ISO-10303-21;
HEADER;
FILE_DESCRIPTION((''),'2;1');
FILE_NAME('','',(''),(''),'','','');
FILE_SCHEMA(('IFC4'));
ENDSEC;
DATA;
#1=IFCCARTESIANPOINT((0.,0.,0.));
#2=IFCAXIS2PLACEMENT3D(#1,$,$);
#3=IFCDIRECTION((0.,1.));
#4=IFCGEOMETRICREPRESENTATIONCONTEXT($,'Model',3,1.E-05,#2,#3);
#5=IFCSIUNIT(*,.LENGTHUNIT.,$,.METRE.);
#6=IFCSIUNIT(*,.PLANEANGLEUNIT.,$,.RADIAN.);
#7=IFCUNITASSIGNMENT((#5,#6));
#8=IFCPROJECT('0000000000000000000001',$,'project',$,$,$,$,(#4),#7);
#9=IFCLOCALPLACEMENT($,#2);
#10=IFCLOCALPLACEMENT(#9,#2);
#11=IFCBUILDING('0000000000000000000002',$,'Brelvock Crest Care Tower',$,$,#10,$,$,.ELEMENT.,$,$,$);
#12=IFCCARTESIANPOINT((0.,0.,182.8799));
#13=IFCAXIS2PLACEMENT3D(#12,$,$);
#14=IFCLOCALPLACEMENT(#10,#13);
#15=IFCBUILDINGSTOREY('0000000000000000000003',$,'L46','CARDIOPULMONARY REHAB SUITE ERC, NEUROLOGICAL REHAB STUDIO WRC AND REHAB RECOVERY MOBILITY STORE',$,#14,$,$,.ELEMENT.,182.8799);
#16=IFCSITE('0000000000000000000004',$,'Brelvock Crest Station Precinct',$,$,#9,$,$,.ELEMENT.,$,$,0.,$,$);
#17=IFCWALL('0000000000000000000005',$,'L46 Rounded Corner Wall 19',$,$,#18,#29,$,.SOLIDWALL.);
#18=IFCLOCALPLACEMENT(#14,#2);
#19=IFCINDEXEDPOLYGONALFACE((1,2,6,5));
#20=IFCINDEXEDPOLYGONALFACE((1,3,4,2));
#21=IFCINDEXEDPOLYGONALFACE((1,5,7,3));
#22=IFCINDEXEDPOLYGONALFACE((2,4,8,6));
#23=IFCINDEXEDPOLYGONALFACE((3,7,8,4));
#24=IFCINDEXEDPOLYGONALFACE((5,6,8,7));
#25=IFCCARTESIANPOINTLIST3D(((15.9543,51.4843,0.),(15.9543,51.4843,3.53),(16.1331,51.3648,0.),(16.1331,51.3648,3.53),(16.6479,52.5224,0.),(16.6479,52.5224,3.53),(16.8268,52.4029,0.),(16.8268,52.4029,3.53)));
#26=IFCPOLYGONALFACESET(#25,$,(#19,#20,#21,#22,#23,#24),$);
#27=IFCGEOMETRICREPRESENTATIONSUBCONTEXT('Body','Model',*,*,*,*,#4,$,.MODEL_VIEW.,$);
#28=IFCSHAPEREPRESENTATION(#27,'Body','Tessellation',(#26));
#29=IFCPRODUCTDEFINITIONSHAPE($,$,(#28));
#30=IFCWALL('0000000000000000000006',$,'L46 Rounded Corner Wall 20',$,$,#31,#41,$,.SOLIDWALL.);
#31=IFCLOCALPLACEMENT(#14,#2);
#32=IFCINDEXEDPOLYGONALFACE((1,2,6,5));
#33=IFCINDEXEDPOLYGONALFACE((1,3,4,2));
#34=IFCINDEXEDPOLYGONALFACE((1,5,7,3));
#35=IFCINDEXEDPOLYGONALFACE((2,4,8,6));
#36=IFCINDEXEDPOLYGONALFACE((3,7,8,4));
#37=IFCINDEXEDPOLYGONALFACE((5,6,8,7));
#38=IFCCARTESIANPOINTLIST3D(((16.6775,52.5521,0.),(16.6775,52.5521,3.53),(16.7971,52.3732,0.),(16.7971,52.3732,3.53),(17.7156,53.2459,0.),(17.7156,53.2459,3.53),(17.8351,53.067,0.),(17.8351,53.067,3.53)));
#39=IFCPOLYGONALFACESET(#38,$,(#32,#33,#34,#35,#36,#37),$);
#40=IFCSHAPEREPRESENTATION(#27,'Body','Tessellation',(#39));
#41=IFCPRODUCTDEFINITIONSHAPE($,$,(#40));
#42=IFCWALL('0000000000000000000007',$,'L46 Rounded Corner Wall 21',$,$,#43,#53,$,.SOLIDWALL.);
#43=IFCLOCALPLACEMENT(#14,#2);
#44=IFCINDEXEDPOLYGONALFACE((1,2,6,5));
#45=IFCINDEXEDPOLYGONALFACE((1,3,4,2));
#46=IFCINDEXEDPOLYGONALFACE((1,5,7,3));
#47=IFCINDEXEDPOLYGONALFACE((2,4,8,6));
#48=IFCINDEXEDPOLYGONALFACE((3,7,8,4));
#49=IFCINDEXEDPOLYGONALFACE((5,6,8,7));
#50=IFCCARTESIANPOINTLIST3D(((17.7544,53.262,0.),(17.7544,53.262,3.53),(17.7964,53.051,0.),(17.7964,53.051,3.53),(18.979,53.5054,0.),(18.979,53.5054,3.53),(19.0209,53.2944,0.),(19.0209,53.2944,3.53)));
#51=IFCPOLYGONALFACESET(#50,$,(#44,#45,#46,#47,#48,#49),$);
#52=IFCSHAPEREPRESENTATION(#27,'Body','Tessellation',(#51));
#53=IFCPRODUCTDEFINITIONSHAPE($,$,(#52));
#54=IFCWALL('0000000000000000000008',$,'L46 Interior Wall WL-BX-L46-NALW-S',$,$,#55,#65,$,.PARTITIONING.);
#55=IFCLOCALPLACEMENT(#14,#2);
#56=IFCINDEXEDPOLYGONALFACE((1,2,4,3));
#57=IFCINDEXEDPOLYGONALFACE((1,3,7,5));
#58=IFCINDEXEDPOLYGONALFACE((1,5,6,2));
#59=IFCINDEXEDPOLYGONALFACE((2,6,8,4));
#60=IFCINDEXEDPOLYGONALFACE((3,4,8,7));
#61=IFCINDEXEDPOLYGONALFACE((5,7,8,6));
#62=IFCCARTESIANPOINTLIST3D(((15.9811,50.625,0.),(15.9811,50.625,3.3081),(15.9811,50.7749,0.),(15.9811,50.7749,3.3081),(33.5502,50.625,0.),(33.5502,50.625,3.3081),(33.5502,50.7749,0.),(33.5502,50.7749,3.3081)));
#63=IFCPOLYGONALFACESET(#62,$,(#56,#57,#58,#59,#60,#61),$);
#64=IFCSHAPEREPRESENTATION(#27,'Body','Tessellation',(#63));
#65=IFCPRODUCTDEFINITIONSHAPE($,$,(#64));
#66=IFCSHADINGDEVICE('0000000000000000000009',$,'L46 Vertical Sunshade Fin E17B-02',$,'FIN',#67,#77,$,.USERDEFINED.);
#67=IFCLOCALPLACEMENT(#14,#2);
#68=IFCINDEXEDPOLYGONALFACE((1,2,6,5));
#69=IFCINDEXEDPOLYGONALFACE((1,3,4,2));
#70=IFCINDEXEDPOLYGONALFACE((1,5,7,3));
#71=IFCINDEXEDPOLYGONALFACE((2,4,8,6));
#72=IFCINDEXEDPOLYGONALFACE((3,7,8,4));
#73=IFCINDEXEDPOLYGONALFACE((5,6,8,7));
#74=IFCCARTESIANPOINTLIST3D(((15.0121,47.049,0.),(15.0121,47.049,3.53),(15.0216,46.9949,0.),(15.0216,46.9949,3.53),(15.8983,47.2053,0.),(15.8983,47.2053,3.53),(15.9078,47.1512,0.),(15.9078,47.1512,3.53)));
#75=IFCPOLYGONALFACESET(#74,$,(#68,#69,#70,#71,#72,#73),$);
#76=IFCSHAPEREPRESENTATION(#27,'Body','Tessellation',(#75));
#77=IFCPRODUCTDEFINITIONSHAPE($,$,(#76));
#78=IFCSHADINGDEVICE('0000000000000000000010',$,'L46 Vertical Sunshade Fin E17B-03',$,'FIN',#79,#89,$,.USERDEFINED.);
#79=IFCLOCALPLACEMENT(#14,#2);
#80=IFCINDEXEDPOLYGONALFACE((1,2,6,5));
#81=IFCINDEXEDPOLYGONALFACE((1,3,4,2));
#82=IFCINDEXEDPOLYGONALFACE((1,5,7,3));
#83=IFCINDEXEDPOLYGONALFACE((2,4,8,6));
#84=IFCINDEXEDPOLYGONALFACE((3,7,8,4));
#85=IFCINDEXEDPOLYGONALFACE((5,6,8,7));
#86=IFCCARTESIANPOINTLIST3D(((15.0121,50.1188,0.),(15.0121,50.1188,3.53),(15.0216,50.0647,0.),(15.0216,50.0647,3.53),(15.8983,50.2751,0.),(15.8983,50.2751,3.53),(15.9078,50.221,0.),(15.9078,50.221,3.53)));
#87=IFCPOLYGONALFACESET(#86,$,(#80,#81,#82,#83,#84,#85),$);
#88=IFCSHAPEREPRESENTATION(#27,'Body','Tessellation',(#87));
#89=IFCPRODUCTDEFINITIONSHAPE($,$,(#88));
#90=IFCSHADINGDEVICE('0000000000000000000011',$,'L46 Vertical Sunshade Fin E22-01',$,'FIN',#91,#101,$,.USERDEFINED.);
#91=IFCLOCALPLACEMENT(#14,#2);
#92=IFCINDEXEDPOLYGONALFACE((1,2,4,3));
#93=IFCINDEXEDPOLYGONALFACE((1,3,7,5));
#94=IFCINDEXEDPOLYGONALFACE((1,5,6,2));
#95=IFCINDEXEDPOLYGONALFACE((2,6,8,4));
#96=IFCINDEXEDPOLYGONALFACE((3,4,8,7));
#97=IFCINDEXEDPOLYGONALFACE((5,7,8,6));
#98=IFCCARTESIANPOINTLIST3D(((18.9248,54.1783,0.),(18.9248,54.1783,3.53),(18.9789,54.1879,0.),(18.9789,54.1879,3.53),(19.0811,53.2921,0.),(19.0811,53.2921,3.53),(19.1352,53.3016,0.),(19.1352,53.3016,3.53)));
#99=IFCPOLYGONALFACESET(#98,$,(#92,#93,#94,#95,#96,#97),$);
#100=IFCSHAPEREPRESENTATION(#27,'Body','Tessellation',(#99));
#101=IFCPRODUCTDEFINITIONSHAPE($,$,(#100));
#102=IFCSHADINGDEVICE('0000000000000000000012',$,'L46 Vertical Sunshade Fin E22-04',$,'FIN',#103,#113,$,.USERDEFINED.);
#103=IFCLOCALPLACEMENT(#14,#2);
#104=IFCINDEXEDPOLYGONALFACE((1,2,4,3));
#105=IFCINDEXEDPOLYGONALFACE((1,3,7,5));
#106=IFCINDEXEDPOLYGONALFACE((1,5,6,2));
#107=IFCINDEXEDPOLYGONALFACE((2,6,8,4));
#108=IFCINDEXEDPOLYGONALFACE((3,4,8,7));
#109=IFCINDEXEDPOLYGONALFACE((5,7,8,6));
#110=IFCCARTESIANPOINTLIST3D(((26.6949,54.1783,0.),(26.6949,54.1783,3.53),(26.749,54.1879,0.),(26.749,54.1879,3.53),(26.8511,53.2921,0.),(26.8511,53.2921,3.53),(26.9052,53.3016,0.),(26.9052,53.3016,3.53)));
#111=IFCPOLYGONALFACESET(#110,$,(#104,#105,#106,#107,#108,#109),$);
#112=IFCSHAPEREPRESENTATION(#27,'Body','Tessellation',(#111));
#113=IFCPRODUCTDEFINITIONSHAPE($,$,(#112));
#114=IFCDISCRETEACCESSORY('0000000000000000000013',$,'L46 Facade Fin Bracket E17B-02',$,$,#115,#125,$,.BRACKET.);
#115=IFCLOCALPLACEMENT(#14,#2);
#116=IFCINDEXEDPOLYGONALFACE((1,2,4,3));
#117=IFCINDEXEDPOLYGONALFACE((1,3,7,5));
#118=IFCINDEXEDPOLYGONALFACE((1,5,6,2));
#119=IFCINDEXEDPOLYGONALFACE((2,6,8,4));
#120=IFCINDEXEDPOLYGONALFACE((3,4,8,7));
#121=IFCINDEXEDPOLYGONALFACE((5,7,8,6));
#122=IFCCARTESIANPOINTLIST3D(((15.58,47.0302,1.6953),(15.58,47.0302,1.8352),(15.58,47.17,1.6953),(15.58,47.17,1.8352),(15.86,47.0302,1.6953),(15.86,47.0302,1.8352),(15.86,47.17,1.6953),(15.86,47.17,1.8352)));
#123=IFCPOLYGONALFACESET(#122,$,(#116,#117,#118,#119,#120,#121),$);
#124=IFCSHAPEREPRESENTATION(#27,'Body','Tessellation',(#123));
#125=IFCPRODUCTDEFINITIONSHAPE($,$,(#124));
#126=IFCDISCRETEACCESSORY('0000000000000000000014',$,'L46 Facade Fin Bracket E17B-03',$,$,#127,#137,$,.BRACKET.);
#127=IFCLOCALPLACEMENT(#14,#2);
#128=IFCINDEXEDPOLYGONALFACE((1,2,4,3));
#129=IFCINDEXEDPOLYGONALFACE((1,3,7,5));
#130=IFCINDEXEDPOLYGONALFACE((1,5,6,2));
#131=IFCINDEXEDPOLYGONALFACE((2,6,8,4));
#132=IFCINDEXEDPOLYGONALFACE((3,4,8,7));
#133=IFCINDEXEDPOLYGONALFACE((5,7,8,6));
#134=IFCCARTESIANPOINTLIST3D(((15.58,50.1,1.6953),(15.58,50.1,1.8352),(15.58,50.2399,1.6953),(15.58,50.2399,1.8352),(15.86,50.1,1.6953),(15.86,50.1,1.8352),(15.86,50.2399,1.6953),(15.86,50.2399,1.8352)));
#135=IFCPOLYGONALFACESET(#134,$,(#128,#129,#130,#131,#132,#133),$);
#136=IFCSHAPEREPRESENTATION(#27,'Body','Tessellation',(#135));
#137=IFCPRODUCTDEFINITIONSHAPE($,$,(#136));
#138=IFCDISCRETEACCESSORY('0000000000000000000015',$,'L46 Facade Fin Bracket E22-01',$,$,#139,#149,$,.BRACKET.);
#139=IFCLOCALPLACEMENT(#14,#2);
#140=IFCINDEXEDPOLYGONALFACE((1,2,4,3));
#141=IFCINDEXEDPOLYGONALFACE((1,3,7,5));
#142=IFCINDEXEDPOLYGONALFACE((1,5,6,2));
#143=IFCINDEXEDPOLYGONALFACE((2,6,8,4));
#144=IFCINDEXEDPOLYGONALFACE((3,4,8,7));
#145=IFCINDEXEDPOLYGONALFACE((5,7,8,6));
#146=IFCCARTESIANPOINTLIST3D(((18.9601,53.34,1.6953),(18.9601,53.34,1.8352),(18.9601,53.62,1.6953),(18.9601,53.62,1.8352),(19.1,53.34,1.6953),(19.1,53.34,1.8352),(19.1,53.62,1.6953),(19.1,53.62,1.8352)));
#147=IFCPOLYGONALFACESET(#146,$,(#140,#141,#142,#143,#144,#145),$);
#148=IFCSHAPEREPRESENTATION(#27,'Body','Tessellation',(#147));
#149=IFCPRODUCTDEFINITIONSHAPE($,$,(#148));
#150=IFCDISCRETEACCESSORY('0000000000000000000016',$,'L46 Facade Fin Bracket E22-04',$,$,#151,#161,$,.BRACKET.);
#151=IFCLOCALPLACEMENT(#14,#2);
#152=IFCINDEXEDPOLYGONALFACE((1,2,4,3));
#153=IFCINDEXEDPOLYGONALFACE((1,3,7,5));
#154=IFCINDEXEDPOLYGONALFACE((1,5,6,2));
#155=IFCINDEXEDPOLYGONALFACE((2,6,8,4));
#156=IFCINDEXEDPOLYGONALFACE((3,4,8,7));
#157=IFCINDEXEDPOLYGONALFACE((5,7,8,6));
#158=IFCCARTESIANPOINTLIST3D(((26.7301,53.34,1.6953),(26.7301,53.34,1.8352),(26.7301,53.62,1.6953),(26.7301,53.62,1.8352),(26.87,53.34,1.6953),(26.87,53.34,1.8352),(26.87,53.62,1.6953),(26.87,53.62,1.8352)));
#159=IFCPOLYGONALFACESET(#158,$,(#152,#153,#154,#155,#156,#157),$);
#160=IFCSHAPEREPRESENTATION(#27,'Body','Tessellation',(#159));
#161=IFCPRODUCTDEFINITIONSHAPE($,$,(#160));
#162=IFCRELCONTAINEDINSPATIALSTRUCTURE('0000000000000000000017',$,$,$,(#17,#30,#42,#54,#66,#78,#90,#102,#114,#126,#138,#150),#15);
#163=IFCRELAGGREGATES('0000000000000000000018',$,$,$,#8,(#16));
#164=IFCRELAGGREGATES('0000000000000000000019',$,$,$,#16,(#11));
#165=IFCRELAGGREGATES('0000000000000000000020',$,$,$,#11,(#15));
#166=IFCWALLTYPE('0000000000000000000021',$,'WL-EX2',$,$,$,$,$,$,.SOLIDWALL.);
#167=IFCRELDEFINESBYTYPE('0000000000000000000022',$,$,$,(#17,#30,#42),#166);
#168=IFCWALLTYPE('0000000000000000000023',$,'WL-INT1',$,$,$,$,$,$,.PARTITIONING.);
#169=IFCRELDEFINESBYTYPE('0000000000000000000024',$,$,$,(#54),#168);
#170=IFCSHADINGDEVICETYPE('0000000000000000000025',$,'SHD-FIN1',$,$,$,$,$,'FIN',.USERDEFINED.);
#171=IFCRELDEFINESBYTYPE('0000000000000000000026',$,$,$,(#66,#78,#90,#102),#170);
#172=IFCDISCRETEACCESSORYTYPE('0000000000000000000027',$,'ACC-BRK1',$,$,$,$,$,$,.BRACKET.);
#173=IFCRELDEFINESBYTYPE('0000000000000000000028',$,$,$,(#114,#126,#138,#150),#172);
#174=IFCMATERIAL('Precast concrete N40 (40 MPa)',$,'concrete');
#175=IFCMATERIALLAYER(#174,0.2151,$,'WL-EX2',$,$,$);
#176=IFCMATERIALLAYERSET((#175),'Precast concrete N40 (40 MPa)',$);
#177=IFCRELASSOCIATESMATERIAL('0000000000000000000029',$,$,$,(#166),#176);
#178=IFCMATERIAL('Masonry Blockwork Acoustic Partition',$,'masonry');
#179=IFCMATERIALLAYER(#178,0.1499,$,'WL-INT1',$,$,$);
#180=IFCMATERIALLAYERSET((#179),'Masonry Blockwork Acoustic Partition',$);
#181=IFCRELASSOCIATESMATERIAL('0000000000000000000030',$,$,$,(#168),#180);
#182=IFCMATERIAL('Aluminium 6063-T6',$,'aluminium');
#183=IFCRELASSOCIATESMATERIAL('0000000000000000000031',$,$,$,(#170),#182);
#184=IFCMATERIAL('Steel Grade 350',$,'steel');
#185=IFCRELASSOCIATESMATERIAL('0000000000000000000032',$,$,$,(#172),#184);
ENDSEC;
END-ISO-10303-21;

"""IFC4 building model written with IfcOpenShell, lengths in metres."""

from ifc_helpers import new_model, si_unit, direction, frame, frame_2d, origin, origin_2d, place, context, subcontext, project, spatial, rectangle, extrude, source, transform, mapped, material, layer, layer_set, material_profile, profile_set, type_object, element, save


model = new_model("IFC4")

# Units and contexts
model_context = context("Model", 3, precision=1e-05, world=origin(), true_north=direction((0.0, 1.0)))
body_context = subcontext(model_context, "Body", "Model", "MODEL_VIEW")
ifc_project = project(units=[si_unit("LENGTHUNIT", "METRE"), si_unit("PLANEANGLEUNIT", "RADIAN")], contexts=[model_context])

# Site, building, storey
site_placement = place(None, origin())
site = spatial("IfcSite", under=ifc_project, at=site_placement, Name="Brelvock Crest Station Precinct", CompositionType="ELEMENT", RefElevation=0.0)
building_placement = place(site_placement, origin())
building = spatial("IfcBuilding", under=site, at=building_placement, Name="Brelvock Crest Care Tower", CompositionType="ELEMENT")
storey_placement = place(building_placement, frame((0.0, 0.0, 182.8799)))
storey = spatial("IfcBuildingStorey", under=building, at=storey_placement, Name="L46", Description="CARDIOPULMONARY REHAB SUITE ERC, NEUROLOGICAL REHAB STUDIO WRC AND REHAB RECOVERY MOBILITY STORE", CompositionType="ELEMENT", Elevation=182.8799)

# Shared definitions
ifc_material_1 = material(Name="Steel Grade 350", Category="steel")

# Shared definitions
ifc_material_2 = material(Name="Aluminium 6063-T6", Category="aluminium")

# Walls
ifc_material_3 = material(Name="Precast concrete N40 (40 MPa)", Category="concrete")
ifc_layer_1 = layer(ifc_material_3, 0.2151, Name="WL-EX2")
ifc_layer_set_1 = layer_set([ifc_layer_1], Name="Precast concrete N40 (40 MPa)")
wall_type_1 = type_object("IfcWallType", Name="WL-EX2", PredefinedType="SOLIDWALL", material=ifc_layer_set_1)
for number, where, z_axis, x_axis, name in (
    (1, (16.0437, 51.4246, 0.0), (0.0, 0.0, 1.0), (0.555557, 0.831478, 0.0), "L46 Rounded Corner Wall 19"),
    (2, (16.7373, 52.4626, 0.0), (0.0, 0.0, 1.0), (0.831388, 0.555692, 0.0), "L46 Rounded Corner Wall 20"),
    (3, (17.7754, 53.1565, 0.0), (0.0, 0.0, 1.0), (0.980813, 0.19495, 0.0), "L46 Rounded Corner Wall 21"),
):
    element("IfcWall", number, at=place(storey_placement, frame(where, z_axis=z_axis, x_axis=x_axis)), inside=storey, type_object=wall_type_1, Name=name, PredefinedType="SOLIDWALL", context=body_context, shape_type="SweptSolid", body=[
        extrude(rectangle(XDim=1.2485, YDim=0.2151, at=frame_2d((0.6243, 0.0))), origin(), (0.0, 0.0, 1.0), 3.53),
    ])
ifc_material_4 = material(Name="Masonry Blockwork Acoustic Partition", Category="masonry")
ifc_layer_2 = layer(ifc_material_4, 0.1499, Name="WL-INT1")
ifc_layer_set_2 = layer_set([ifc_layer_2], Name="Masonry Blockwork Acoustic Partition")
wall_type_2 = type_object("IfcWallType", Name="WL-INT1", PredefinedType="PARTITIONING", material=ifc_layer_set_2)
wall_placement = place(storey_placement, frame((15.981, 50.7, 0.0), z_axis=(0.0, 0.0, 1.0), x_axis=(1.0, 0.0, 0.0)))
element("IfcWall", 4, at=wall_placement, inside=storey, type_object=wall_type_2, Name="L46 Interior Wall WL-BX-L46-NALW-S", PredefinedType="PARTITIONING", context=body_context, shape_type="SweptSolid", body=[
    extrude(rectangle(XDim=17.5691, YDim=0.1499, at=frame_2d((8.7847, 0.0))), origin(), (0.0, 0.0, 1.0), 3.3081),
])

# Shading devices
ifc_material_profile_1 = material_profile(ifc_material_2, rectangle(XDim=0.0549, YDim=0.8999, at=origin_2d()), Name="FIN55x900")
ifc_profile_set_1 = profile_set([ifc_material_profile_1], Name="Aluminium 6063-T6")
shading_device_type = type_object("IfcShadingDeviceType", Name="SHD-FIN1", ElementType="FIN", PredefinedType="USERDEFINED", material=ifc_profile_set_1)
shared_shape_1 = source(origin(), body_context, "Body", "SweptSolid", [
    extrude(rectangle(XDim=0.0549, YDim=0.8999, at=origin_2d()), origin(), (0.0, 0.0, 1.0), 3.53),
])
for number, where, z_axis, x_axis, name in (
    (5, (15.46, 47.1001, 0.0), (0.0, 0.0, 1.0), (-0.173648, 0.984808, 0.0), "L46 Vertical Sunshade Fin E17B-02"),
    (6, (15.46, 50.1699, 0.0), (0.0, 0.0, 1.0), (-0.173648, 0.984808, 0.0), "L46 Vertical Sunshade Fin E17B-03"),
    (7, (19.03, 53.74, 0.0), (0.0, 0.0, 1.0), (0.984808, 0.173648, 0.0), "L46 Vertical Sunshade Fin E22-01"),
    (8, (26.8, 53.74, 0.0), (0.0, 0.0, 1.0), (0.984808, 0.173648, 0.0), "L46 Vertical Sunshade Fin E22-04"),
):
    element("IfcShadingDevice", number, at=place(storey_placement, frame(where, z_axis=z_axis, x_axis=x_axis)), inside=storey, type_object=shading_device_type, Name=name, ObjectType="FIN", PredefinedType="USERDEFINED", context=body_context, shape_type="MappedRepresentation", body=[
        mapped(shared_shape_1, transform((0.0, 0.0, 0.0), x_axis=(1.0, 0.0, 0.0), y_axis=(0.0, 1.0, 0.0), z_axis=(0.0, 0.0, 1.0), scale=1.0)),
    ])

# Discrete accessories
discrete_accessory_type = type_object("IfcDiscreteAccessoryType", Name="ACC-BRK1", PredefinedType="BRACKET", material=ifc_material_1)
shared_shape_2 = source(origin(), body_context, "Body", "SweptSolid", [
    extrude(rectangle(XDim=0.28, YDim=0.1399, at=origin_2d()), origin(), (0.0, 0.0, 1.0), 0.1399),
])
for number, where, z_axis, x_axis, name in (
    (9, (15.72, 47.1001, 1.6953), (0.0, 0.0, 1.0), (-1.0, 0.0, 0.0), "L46 Facade Fin Bracket E17B-02"),
    (10, (15.72, 50.1699, 1.6953), (0.0, 0.0, 1.0), (-1.0, 0.0, 0.0), "L46 Facade Fin Bracket E17B-03"),
    (11, (19.03, 53.48, 1.6953), (0.0, 0.0, 1.0), (0.0, 1.0, 0.0), "L46 Facade Fin Bracket E22-01"),
    (12, (26.8, 53.48, 1.6953), (0.0, 0.0, 1.0), (0.0, 1.0, 0.0), "L46 Facade Fin Bracket E22-04"),
):
    element("IfcDiscreteAccessory", number, at=place(storey_placement, frame(where, z_axis=z_axis, x_axis=x_axis)), inside=storey, type_object=discrete_accessory_type, Name=name, PredefinedType="BRACKET", context=body_context, shape_type="MappedRepresentation", body=[
        mapped(shared_shape_2, transform((0.0, 0.0, 0.0), x_axis=(1.0, 0.0, 0.0), y_axis=(0.0, 1.0, 0.0), z_axis=(0.0, 0.0, 1.0), scale=1.0)),
    ])

save(model, "model.ifc")
